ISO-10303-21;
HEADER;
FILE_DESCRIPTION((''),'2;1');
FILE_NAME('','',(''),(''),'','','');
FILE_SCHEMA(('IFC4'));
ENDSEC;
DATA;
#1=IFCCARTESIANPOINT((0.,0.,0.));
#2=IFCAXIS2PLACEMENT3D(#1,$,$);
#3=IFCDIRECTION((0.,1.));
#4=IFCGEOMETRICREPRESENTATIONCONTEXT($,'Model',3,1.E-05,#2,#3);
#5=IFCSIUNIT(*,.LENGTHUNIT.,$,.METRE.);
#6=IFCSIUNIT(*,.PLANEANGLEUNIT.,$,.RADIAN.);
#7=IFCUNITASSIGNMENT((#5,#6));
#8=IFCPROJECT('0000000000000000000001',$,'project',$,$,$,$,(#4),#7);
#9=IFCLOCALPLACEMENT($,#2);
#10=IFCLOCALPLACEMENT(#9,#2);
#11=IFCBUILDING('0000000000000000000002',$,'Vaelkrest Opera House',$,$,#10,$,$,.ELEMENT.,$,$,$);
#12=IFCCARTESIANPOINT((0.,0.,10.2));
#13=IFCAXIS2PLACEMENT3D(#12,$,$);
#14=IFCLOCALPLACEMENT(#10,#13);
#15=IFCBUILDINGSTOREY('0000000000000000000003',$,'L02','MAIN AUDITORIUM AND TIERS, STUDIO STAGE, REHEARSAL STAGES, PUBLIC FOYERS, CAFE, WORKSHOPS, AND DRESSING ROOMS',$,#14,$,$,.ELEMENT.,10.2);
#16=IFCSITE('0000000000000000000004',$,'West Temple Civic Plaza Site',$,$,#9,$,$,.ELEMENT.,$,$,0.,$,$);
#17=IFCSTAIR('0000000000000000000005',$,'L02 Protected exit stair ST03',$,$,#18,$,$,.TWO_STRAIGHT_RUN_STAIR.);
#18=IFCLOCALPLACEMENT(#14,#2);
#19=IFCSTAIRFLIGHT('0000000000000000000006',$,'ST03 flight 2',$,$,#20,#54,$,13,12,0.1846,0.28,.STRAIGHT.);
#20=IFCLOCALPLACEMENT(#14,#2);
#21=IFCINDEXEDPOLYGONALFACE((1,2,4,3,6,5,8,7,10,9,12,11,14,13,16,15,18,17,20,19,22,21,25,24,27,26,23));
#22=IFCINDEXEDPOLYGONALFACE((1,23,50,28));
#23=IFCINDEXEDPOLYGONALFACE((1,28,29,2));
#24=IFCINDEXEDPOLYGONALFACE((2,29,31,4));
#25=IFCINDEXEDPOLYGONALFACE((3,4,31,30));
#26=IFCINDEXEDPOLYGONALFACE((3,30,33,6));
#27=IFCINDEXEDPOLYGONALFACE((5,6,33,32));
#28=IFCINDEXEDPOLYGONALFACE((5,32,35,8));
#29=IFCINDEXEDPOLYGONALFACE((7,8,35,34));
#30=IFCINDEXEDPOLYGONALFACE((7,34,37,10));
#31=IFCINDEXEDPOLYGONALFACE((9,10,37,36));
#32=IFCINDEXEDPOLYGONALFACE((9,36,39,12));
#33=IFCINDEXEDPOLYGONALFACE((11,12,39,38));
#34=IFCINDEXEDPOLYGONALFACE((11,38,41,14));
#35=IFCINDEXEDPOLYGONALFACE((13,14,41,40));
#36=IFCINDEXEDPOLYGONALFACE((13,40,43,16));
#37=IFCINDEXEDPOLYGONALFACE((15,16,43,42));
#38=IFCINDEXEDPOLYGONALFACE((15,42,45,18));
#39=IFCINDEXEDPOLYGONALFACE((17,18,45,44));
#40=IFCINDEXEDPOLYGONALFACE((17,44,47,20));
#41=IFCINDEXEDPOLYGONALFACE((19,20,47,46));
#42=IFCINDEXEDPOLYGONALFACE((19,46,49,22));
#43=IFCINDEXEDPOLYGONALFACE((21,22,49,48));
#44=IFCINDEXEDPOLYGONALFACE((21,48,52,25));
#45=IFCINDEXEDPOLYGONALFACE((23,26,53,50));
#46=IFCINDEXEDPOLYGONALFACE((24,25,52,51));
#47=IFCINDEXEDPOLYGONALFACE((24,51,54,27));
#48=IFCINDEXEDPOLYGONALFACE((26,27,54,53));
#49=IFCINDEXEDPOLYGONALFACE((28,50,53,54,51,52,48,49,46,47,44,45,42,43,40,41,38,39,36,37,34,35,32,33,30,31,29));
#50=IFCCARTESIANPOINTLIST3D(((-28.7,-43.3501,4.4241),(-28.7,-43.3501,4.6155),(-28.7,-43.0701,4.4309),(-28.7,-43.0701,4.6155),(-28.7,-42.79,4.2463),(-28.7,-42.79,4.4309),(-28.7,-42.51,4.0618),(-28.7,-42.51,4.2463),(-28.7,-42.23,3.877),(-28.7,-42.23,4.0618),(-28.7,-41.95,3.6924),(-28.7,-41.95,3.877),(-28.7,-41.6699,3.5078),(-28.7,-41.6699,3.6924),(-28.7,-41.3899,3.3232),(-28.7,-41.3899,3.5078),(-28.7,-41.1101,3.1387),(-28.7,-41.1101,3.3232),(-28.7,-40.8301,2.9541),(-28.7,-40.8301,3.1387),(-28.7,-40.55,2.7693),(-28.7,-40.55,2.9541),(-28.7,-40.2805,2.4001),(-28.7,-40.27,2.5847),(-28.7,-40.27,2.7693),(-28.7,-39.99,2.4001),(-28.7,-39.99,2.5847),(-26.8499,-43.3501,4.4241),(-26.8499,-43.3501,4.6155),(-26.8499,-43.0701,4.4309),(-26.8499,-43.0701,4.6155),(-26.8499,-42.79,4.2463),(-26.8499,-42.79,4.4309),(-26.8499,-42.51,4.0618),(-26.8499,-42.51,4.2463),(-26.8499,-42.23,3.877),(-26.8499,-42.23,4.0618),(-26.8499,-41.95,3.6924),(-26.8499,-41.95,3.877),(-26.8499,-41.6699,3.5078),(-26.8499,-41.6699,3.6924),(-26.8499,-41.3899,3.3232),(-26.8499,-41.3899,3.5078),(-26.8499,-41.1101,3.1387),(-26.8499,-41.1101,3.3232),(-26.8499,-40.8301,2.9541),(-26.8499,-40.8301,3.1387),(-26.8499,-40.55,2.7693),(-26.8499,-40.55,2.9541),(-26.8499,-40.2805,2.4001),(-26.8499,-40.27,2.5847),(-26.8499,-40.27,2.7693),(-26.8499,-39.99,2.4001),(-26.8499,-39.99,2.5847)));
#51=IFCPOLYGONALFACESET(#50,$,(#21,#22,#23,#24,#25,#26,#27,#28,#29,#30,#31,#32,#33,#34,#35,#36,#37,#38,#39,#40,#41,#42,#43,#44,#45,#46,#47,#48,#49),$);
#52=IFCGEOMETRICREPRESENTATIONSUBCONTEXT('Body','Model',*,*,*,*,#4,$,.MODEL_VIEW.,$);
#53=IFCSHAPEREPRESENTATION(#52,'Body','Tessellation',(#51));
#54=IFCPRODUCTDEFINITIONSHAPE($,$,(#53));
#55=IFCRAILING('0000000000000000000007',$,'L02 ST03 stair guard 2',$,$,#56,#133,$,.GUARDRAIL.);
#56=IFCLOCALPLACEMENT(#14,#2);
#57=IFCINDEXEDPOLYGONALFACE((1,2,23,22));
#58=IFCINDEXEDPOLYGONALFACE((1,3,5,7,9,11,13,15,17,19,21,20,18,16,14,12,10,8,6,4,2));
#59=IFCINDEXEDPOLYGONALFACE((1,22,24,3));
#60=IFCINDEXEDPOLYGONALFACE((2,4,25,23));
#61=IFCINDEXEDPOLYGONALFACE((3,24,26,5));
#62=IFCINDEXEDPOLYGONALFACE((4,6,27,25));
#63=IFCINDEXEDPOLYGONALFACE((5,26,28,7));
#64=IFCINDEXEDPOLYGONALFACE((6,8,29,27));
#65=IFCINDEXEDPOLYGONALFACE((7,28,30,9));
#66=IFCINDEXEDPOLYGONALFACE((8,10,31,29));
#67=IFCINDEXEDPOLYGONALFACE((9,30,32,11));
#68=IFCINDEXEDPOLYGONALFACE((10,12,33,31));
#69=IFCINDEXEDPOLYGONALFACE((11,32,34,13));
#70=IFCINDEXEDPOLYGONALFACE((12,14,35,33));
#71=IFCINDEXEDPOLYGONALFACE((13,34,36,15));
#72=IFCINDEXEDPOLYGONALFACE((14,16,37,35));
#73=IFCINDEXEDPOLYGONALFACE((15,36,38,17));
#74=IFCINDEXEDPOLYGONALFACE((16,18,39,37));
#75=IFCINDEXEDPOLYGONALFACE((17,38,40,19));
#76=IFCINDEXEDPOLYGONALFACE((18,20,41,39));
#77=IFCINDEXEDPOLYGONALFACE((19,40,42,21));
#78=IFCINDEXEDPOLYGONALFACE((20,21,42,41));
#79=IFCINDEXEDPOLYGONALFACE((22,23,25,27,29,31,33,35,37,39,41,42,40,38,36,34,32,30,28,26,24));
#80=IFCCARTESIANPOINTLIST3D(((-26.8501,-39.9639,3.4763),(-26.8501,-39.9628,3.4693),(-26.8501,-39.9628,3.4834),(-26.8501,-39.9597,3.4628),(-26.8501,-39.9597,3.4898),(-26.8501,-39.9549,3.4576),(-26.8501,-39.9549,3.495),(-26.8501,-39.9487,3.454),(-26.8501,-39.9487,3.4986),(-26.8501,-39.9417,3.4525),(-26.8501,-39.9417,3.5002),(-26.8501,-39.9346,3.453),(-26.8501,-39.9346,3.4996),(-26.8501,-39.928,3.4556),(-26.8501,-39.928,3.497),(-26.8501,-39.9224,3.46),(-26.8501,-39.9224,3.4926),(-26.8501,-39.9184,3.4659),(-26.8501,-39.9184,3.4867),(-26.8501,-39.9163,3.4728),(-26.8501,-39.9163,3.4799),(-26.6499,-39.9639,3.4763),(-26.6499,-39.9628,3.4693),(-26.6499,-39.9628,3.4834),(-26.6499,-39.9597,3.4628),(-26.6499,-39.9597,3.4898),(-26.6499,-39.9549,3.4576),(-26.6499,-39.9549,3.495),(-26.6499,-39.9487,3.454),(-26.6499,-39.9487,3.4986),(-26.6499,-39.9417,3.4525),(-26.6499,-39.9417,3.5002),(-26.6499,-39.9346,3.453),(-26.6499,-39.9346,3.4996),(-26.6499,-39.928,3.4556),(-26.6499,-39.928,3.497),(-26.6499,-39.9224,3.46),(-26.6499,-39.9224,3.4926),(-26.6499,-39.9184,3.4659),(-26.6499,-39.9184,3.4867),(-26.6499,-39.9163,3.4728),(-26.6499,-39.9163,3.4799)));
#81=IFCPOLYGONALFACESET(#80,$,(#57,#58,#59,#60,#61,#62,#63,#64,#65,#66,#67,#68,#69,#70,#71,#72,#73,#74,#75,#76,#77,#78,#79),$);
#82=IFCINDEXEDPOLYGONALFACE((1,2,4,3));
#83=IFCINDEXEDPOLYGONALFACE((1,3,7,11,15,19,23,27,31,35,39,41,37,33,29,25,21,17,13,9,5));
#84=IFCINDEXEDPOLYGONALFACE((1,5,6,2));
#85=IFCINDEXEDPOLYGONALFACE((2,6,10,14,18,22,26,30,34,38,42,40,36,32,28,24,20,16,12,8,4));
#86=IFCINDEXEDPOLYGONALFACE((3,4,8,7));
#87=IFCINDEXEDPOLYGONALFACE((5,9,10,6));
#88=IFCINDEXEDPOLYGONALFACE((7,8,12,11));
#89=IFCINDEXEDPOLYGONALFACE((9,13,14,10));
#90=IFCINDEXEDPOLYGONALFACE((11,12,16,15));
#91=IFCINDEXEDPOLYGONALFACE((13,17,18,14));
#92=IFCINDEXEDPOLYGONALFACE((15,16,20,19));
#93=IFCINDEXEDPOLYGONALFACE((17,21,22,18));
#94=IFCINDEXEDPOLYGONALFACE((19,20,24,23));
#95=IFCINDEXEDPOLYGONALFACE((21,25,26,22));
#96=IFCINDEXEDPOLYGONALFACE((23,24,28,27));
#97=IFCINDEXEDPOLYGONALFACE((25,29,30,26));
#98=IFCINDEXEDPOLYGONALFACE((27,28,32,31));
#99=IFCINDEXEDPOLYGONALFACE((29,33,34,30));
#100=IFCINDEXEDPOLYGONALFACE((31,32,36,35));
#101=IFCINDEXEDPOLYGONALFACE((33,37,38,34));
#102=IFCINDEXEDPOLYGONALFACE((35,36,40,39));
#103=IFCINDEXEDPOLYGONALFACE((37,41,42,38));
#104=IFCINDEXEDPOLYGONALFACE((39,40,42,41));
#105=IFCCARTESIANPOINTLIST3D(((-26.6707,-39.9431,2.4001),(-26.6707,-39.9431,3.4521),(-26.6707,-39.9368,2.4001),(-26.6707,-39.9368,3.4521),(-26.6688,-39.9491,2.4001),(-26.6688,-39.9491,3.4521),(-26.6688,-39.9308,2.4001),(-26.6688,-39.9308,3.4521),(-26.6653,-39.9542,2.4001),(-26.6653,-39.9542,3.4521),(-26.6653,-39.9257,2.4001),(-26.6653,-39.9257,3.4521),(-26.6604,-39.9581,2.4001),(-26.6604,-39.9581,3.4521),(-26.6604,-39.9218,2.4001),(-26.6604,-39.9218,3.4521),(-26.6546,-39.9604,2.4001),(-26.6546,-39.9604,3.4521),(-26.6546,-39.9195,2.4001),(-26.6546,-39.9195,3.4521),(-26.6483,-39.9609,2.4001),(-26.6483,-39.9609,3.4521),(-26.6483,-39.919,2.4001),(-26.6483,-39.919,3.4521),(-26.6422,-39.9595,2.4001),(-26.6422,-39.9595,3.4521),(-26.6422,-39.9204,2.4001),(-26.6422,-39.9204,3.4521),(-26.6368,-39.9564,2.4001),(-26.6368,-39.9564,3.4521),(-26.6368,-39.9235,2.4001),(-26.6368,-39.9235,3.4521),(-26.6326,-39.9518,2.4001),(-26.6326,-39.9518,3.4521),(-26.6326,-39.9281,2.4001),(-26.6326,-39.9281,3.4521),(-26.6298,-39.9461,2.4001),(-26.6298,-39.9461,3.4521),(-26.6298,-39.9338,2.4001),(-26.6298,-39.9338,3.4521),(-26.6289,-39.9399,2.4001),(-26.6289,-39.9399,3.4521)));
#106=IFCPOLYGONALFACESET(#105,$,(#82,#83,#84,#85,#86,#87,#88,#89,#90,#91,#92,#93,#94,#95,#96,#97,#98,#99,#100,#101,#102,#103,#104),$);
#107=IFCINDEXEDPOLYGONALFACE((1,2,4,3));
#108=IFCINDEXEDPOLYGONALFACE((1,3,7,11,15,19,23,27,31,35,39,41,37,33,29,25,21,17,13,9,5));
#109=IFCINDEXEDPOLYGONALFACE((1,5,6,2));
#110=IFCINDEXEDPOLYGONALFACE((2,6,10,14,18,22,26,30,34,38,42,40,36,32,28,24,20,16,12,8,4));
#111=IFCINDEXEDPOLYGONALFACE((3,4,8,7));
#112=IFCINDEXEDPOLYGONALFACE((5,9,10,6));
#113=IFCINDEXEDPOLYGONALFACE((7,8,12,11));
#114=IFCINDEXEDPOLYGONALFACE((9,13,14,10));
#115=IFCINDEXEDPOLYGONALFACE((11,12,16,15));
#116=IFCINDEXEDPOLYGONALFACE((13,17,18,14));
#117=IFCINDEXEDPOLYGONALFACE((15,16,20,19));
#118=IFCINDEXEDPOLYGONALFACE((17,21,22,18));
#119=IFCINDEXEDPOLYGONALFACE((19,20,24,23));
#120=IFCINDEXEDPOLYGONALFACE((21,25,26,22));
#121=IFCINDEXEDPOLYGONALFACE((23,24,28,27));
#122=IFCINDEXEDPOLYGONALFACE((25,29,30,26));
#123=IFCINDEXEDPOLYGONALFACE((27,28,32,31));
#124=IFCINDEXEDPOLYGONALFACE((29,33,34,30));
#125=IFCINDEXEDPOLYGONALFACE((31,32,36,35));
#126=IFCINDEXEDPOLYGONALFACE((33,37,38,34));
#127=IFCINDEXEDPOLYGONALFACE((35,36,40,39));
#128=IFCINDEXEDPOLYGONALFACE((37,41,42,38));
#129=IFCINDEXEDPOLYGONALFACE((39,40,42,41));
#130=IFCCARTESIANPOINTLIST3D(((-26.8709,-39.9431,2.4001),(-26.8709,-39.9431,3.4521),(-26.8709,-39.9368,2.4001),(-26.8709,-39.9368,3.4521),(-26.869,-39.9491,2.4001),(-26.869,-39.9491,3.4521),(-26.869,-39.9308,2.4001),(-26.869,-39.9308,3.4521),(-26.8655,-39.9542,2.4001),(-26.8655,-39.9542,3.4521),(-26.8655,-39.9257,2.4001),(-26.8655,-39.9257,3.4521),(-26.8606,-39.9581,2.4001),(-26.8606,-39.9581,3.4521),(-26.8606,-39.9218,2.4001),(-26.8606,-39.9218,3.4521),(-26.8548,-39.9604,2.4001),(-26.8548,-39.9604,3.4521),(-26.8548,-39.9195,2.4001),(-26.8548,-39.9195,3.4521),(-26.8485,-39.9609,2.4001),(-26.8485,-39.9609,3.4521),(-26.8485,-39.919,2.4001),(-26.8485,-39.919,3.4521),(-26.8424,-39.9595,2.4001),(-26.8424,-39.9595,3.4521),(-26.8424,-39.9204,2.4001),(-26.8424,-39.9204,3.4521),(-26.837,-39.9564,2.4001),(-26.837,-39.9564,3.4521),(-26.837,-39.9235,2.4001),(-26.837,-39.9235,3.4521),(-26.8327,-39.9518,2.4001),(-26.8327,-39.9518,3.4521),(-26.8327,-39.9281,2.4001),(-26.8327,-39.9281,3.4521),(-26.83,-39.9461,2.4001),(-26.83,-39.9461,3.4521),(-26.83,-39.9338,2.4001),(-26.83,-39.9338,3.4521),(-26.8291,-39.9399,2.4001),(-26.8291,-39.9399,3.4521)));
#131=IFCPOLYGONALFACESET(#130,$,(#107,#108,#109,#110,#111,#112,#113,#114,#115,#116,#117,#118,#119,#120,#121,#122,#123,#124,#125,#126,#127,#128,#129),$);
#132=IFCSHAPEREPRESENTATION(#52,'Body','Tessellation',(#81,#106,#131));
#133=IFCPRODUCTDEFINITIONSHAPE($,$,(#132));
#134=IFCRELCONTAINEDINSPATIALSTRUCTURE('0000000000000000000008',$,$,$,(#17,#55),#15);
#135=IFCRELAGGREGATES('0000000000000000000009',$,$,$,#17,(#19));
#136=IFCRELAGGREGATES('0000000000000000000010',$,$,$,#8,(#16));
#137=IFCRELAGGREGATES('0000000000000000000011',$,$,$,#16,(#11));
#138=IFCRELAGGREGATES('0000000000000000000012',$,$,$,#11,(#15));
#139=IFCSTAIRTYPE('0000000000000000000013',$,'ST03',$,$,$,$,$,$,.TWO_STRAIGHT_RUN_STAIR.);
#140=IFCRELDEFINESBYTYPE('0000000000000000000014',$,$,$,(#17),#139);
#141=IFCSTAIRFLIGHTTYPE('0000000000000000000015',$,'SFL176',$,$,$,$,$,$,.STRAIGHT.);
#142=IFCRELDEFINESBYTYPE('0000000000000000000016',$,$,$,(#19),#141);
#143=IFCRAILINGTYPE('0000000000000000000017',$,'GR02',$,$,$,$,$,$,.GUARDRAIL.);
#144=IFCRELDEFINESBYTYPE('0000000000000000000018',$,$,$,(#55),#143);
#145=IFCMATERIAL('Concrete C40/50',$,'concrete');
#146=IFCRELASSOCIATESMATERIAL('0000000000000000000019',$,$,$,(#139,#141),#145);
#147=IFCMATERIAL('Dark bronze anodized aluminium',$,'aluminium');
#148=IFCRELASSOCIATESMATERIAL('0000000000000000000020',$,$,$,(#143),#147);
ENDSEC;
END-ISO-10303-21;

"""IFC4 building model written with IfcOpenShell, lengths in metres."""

from ifc_helpers import new_model, si_unit, direction, frame, origin, origin_2d, place, context, subcontext, project, spatial, polyline, circle, outline, extrude, material, type_object, element, aggregate, save


model = new_model("IFC4")

# Units and contexts
model_context = context("Model", 3, precision=1e-05, world=origin(), true_north=direction((0.0, 1.0)))
body_context = subcontext(model_context, "Body", "Model", "MODEL_VIEW")
ifc_project = project(units=[si_unit("LENGTHUNIT", "METRE"), si_unit("PLANEANGLEUNIT", "RADIAN")], contexts=[model_context])

# Site, building, storey
site_placement = place(None, origin())
site = spatial("IfcSite", under=ifc_project, at=site_placement, Name="West Temple Civic Plaza Site", CompositionType="ELEMENT", RefElevation=0.0)
building_placement = place(site_placement, origin())
building = spatial("IfcBuilding", under=site, at=building_placement, Name="Vaelkrest Opera House", CompositionType="ELEMENT")
storey_placement = place(building_placement, frame((0.0, 0.0, 10.2)))
storey = spatial("IfcBuildingStorey", under=building, at=storey_placement, Name="L02", Description="MAIN AUDITORIUM AND TIERS, STUDIO STAGE, REHEARSAL STAGES, PUBLIC FOYERS, CAFE, WORKSHOPS, AND DRESSING ROOMS", CompositionType="ELEMENT", Elevation=10.2)

# Shared definitions
ifc_material_1 = material(Name="Dark bronze anodized aluminium", Category="aluminium")

# Shared definitions
ifc_material_2 = material(Name="Concrete C40/50", Category="concrete")

# Stair, stair flight
stair_type = type_object("IfcStairType", Name="ST03", PredefinedType="TWO_STRAIGHT_RUN_STAIR", material=ifc_material_2)
stair_placement = place(storey_placement, origin())
stair = element("IfcStair", 1, at=stair_placement, inside=storey, type_object=stair_type, Name="L02 Protected exit stair ST03", PredefinedType="TWO_STRAIGHT_RUN_STAIR")
stair_flight_type = type_object("IfcStairFlightType", Name="SFL176", PredefinedType="STRAIGHT", material=ifc_material_2)
stair_flight_placement = place(storey_placement, frame((-27.7749, -39.99, 2.4001), z_axis=(0.0, 0.0, 1.0), x_axis=(0.0, -1.0, 0.0)))
stair_flight = element("IfcStairFlight", 2, at=stair_flight_placement, type_object=stair_flight_type, Name="ST03 flight 2", NumberOfRisers=13, NumberOfTreads=12, PredefinedType="STRAIGHT", RiserHeight=0.1846, TreadLength=0.28, context=body_context, shape_type="SweptSolid", body=[
    extrude(outline(polyline([(0.0, 0.0), (0.0, 0.1846), (0.28, 0.1846), (0.28, 0.3691), (0.5601, 0.3691), (0.5601, 0.554), (0.8401, 0.554), (0.8401, 0.7385), (1.1201, 0.7385), (1.1201, 0.9231), (1.3999, 0.9231), (1.3999, 1.1077), (1.6799, 1.1077), (1.6799, 1.2922), (1.96, 1.2922), (1.96, 1.4768), (2.24, 1.4768), (2.24, 1.6616), (2.52, 1.6616), (2.52, 1.8462), (2.8, 1.8462), (2.8, 2.0308), (3.0801, 2.0308), (3.0801, 2.2153), (3.3601, 2.2153), (3.3601, 2.3999), (3.3601, 2.0239), (0.2905, 0.0), (0.0, 0.0)])), frame((0.0, 0.925, 0.0), z_axis=(0.0, -1.0, 0.0), x_axis=(1.0, 0.0, 0.0)), (0.0, 0.0, 1.0), 1.8501),
])
aggregate(stair, [stair_flight])

# Railing
railing_type_1 = type_object("IfcRailingType", Name="GR02", PredefinedType="GUARDRAIL", material=ifc_material_1)
railing_1_placement = place(storey_placement, frame((-26.6499, -39.9399, 2.4001)))
element("IfcRailing", 3, at=railing_1_placement, inside=storey, type_object=railing_type_1, Name="L02 ST03 stair guard 2", PredefinedType="GUARDRAIL", context=body_context, shape_type="SweptSolid", body=[
    extrude(circle(Radius=0.0239, at=origin_2d()), frame((0.0, 0.0, 1.0762), z_axis=(-1.0, 0.0, 0.0), x_axis=(0.0, -1.0, 0.0)), (0.0, 0.0, 1.0), 0.2002),
    extrude(circle(Radius=0.021, at=origin_2d()), origin(), (0.0, 0.0, 1.0), 1.052),
    extrude(circle(Radius=0.021, at=origin_2d()), frame((-0.2002, 0.0, 0.0)), (0.0, 0.0, 1.0), 1.052),
])

save(model, "model.ifc")
